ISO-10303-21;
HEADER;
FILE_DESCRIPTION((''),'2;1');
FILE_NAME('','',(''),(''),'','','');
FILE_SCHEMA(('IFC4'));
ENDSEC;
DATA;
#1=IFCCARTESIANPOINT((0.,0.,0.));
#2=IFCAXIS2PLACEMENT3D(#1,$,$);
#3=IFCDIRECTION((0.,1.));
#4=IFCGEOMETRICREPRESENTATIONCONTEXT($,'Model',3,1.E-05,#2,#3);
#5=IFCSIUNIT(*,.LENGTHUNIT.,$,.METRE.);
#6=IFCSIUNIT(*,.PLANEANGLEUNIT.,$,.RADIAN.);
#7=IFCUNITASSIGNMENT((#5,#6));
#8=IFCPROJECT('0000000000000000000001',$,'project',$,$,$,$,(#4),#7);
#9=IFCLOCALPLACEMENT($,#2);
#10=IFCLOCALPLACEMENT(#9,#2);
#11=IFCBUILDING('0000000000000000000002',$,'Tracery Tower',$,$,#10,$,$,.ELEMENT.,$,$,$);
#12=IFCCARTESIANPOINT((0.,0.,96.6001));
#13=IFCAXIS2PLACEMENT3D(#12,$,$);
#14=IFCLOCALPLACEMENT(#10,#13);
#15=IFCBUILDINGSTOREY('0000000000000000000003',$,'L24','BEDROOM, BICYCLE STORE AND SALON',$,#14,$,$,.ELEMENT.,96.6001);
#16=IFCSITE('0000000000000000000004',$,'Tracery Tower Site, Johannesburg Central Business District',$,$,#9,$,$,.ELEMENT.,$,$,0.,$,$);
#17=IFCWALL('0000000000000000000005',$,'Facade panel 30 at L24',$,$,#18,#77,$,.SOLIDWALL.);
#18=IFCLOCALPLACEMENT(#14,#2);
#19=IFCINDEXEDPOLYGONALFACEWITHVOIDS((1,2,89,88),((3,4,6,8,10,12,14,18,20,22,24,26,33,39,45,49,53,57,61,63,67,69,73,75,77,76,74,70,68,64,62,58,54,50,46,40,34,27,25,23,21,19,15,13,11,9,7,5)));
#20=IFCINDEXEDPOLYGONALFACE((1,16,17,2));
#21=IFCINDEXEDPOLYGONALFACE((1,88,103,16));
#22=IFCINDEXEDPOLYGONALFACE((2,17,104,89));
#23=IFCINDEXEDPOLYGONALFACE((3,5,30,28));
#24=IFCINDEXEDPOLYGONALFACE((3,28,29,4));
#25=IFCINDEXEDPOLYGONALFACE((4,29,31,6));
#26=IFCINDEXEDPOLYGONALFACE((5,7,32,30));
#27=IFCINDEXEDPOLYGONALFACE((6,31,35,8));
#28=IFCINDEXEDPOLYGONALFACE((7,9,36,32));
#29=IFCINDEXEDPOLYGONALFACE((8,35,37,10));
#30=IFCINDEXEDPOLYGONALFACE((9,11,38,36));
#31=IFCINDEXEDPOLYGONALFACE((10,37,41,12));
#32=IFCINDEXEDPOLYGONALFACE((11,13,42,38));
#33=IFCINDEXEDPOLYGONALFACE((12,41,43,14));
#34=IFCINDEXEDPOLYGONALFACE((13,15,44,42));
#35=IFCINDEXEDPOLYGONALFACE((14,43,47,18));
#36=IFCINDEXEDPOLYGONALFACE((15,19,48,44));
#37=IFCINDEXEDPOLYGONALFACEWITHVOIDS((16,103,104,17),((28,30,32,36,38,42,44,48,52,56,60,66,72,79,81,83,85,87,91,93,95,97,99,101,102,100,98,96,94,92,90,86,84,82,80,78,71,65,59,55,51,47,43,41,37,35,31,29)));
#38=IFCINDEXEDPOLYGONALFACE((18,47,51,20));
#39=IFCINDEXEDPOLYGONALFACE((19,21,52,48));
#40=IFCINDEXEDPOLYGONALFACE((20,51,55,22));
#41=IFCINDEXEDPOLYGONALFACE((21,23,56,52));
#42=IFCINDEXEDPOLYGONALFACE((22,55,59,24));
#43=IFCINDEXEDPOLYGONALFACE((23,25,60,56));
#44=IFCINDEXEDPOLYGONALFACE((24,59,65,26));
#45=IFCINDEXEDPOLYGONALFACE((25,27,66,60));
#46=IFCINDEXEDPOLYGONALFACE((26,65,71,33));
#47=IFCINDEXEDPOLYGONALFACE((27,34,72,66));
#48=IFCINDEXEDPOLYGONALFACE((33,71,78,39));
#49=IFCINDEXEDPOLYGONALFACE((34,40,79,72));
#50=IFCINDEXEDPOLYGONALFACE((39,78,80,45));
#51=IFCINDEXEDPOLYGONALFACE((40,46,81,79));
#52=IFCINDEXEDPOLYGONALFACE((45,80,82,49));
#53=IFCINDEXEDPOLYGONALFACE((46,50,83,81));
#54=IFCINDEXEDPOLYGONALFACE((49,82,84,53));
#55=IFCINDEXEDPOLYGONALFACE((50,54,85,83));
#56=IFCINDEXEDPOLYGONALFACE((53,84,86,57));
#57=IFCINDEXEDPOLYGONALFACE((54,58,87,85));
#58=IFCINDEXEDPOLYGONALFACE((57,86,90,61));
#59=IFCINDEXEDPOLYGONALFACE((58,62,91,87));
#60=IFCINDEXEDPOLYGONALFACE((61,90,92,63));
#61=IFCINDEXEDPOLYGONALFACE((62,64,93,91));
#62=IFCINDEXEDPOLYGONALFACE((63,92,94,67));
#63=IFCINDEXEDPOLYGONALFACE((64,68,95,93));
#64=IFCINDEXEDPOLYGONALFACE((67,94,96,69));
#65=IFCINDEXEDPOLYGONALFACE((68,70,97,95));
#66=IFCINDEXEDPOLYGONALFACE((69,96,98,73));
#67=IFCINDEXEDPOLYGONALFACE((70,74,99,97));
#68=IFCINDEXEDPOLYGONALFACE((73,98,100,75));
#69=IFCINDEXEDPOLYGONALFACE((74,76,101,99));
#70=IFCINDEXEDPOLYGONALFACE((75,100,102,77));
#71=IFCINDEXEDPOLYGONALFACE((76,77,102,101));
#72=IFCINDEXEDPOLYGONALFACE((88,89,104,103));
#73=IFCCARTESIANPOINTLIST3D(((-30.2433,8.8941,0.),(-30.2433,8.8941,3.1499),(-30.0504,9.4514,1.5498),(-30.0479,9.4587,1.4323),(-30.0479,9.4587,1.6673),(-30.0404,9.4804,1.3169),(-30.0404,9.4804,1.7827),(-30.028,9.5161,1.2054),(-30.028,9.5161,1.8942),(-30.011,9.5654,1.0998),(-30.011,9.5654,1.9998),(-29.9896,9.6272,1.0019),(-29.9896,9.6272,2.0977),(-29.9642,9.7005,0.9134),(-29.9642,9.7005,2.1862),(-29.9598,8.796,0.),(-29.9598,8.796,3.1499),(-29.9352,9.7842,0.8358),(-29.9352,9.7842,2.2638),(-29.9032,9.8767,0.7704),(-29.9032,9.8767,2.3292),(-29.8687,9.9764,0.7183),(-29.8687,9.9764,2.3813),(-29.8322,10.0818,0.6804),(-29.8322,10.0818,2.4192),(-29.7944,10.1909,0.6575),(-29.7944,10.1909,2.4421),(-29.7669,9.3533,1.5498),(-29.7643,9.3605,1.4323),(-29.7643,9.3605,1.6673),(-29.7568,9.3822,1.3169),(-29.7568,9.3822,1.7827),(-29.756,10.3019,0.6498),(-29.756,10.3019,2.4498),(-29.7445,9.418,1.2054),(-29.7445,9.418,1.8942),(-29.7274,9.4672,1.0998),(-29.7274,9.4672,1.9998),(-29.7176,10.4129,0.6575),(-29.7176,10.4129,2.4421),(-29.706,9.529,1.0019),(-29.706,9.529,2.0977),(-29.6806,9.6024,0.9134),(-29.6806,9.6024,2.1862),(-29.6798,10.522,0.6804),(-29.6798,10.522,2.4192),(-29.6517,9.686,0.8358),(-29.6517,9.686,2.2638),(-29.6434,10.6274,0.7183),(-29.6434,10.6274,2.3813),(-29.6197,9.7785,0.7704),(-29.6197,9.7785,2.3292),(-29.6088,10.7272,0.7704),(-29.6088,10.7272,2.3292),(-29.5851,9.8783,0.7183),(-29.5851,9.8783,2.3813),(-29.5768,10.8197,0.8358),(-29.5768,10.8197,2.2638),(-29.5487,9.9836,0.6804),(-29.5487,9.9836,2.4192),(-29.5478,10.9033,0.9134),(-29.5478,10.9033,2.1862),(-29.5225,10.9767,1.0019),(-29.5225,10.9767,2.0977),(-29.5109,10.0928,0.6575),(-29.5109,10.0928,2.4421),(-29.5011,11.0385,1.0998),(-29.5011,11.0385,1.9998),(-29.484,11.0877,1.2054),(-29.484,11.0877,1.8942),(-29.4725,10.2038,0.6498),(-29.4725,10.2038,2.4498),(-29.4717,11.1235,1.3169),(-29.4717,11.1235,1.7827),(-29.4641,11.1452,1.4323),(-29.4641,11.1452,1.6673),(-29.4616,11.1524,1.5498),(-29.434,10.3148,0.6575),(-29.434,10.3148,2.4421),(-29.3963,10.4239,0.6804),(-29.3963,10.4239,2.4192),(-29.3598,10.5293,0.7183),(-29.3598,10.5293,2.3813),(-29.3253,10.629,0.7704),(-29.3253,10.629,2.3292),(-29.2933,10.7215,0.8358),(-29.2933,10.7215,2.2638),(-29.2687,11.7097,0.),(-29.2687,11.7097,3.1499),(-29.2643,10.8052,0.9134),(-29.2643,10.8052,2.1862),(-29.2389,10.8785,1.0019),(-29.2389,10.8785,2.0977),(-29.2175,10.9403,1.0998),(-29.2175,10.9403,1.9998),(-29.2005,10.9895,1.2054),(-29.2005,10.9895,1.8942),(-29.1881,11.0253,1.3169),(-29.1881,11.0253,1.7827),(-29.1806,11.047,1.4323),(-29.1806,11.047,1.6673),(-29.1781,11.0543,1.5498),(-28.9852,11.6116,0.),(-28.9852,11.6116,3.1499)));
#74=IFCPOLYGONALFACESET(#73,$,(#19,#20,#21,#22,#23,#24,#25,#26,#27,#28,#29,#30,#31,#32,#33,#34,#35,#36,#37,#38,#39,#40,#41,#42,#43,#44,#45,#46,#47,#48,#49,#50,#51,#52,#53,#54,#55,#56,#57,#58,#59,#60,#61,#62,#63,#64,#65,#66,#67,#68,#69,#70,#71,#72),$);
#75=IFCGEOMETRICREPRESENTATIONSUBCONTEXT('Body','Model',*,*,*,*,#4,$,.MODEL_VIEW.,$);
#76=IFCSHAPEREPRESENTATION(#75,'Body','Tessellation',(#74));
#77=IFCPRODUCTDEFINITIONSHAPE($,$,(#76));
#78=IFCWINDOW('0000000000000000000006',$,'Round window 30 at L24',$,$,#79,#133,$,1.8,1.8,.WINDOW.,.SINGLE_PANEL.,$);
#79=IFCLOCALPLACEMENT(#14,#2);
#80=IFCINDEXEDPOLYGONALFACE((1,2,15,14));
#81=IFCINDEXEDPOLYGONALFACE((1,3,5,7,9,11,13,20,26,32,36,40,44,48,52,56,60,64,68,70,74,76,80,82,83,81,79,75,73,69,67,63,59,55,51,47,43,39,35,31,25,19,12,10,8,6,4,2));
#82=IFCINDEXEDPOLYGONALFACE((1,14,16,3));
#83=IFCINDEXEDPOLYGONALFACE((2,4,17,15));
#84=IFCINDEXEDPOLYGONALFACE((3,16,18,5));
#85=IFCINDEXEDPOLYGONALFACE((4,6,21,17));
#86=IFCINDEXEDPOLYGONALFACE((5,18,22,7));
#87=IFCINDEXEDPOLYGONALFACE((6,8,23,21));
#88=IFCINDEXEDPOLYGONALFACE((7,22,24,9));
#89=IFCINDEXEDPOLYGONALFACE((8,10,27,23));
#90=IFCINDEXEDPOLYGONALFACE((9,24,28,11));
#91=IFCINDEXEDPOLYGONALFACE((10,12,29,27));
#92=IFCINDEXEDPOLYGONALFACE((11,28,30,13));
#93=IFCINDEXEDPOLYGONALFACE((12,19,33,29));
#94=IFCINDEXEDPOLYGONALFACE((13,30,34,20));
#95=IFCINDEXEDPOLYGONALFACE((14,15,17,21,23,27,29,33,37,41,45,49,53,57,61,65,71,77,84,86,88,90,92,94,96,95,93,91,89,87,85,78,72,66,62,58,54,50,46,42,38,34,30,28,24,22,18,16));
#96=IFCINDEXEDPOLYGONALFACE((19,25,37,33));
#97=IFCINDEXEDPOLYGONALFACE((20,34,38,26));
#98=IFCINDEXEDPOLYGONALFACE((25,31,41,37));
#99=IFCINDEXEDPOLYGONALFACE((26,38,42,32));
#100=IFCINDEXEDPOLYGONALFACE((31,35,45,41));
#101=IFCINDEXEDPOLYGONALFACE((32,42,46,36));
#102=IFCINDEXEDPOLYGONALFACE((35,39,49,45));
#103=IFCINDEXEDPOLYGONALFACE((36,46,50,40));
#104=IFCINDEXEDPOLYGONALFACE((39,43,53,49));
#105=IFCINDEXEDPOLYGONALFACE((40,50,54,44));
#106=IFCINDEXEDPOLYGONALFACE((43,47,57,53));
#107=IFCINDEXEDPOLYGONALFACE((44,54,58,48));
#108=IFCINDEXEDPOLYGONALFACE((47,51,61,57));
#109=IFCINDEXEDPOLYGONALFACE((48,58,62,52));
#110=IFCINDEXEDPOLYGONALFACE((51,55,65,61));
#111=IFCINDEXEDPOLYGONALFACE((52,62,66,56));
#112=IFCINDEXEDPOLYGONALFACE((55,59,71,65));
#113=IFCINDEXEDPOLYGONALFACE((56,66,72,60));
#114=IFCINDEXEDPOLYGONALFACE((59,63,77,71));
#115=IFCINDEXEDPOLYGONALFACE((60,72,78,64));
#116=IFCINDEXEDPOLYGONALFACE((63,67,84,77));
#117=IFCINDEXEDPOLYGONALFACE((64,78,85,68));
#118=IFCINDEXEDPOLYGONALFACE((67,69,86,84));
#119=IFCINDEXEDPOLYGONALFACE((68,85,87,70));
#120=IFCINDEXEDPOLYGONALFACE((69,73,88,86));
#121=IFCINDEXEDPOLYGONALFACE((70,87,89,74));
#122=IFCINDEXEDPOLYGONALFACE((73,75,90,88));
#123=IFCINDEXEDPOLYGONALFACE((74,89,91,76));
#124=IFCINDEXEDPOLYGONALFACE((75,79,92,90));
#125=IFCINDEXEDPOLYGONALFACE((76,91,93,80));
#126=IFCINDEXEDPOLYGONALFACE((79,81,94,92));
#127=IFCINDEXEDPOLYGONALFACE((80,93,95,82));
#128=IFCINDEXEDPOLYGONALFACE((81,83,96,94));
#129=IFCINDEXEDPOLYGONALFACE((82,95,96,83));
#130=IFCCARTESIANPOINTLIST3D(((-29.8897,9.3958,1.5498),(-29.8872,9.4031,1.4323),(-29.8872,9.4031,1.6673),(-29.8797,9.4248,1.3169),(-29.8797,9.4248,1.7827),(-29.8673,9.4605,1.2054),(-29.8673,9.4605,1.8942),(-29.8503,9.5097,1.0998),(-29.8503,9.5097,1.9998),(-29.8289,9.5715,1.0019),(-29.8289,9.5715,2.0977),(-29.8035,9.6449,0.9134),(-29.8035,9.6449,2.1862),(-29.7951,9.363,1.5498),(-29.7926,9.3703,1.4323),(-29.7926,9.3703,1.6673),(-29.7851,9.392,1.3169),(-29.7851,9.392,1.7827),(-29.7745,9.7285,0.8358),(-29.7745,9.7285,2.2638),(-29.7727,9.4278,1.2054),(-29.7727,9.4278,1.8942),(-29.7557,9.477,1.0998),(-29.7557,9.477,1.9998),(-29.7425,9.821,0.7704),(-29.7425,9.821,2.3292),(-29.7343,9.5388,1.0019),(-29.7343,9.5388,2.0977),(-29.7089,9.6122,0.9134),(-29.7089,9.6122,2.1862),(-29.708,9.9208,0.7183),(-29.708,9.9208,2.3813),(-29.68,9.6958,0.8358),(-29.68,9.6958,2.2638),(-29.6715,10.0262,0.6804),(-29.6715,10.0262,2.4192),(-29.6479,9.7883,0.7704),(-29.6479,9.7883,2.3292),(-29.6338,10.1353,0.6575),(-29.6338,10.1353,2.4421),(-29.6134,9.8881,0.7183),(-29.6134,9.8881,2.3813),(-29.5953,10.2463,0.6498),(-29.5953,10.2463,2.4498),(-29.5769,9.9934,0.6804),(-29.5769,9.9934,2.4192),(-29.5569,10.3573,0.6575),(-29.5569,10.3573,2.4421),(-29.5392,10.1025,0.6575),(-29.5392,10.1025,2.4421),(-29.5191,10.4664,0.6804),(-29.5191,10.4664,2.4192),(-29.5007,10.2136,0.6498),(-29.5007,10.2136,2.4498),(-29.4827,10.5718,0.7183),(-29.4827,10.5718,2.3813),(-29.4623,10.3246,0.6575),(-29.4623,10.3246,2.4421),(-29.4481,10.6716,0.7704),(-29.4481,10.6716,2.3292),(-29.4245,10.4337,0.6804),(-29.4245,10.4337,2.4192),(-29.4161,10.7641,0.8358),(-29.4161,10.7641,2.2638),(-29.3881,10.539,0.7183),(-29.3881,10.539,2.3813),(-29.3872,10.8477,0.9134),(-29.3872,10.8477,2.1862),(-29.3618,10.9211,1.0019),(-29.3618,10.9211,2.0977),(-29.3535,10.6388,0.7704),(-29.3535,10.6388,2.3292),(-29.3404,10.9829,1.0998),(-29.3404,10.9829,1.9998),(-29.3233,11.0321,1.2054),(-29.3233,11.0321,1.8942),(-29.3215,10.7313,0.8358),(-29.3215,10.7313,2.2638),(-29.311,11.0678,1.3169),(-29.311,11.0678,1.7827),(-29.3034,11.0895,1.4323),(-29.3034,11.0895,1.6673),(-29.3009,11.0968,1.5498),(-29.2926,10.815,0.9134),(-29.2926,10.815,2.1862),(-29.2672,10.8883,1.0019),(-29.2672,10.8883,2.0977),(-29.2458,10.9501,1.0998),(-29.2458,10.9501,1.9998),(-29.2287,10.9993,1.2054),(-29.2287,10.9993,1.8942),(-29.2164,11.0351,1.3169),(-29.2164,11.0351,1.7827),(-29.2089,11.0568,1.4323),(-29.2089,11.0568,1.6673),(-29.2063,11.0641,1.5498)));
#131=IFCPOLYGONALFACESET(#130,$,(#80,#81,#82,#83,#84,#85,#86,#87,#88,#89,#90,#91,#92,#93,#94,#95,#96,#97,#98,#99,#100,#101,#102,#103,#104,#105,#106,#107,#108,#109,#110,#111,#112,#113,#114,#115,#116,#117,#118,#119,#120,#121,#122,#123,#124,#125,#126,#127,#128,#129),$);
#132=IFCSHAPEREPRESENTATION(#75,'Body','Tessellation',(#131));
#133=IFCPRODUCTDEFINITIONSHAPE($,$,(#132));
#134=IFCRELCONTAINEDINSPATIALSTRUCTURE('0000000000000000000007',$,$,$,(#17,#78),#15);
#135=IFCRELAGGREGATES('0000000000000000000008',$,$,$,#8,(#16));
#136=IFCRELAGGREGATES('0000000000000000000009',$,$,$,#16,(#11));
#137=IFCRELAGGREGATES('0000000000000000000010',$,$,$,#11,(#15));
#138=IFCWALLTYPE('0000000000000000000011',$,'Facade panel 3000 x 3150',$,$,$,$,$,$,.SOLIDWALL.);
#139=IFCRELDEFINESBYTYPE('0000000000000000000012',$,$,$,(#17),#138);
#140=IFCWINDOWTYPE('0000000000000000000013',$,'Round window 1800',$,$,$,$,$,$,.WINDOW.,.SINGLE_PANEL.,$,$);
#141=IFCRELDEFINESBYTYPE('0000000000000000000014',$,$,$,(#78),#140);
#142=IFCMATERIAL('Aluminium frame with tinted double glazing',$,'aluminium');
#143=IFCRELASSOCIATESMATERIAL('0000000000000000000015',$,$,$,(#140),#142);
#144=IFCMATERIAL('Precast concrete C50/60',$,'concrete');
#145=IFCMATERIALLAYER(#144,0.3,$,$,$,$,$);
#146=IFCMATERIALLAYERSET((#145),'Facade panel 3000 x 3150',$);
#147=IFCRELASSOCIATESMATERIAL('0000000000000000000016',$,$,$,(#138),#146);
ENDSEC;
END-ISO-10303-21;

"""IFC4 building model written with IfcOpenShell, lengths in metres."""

from ifc_helpers import new_model, si_unit, direction, frame, frame_2d, origin, origin_2d, place, context, subcontext, project, spatial, rectangle, circle, extrude, material, layer, layer_set, type_object, element, fill, save


model = new_model("IFC4")

# Units and contexts
model_context = context("Model", 3, precision=1e-05, world=origin(), true_north=direction((0.0, 1.0)))
body_context = subcontext(model_context, "Body", "Model", "MODEL_VIEW")
ifc_project = project(units=[si_unit("LENGTHUNIT", "METRE"), si_unit("PLANEANGLEUNIT", "RADIAN")], contexts=[model_context])

# Site, building, storey
site_placement = place(None, origin())
site = spatial("IfcSite", under=ifc_project, at=site_placement, Name="Tracery Tower Site, Johannesburg Central Business District", CompositionType="ELEMENT", RefElevation=0.0)
building_placement = place(site_placement, origin())
building = spatial("IfcBuilding", under=site, at=building_placement, Name="Tracery Tower", CompositionType="ELEMENT")
storey_placement = place(building_placement, frame((0.0, 0.0, 96.6001)))
storey = spatial("IfcBuildingStorey", under=building, at=storey_placement, Name="L24", Description="BEDROOM, BICYCLE STORE AND SALON", CompositionType="ELEMENT", Elevation=96.6001)

# Wall, opening, window
ifc_material_1 = material(Name="Aluminium frame with tinted double glazing", Category="aluminium")
window_type = type_object("IfcWindowType", Name="Round window 1800", PartitioningType="SINGLE_PANEL", PredefinedType="WINDOW", material=ifc_material_1)
ifc_material_2 = material(Name="Precast concrete C50/60", Category="concrete")
ifc_layer_1 = layer(ifc_material_2, 0.3)
ifc_layer_set_1 = layer_set([ifc_layer_1], Name="Facade panel 3000 x 3150")
wall_type_1 = type_object("IfcWallType", Name="Facade panel 3000 x 3150", PredefinedType="SOLIDWALL", material=ifc_layer_set_1)
wall_1_placement = place(storey_placement, frame((-29.127, 11.6606, 0.0), z_axis=(0.0, 0.0, 1.0), x_axis=(-0.327096, -0.944991, 0.0)))
wall_1 = element("IfcWall", 1, at=wall_1_placement, inside=storey, type_object=wall_type_1, Name="Facade panel 30 at L24", PredefinedType="SOLIDWALL", context=body_context, shape_type="SweptSolid", body=[
    extrude(rectangle(XDim=2.9795, YDim=0.3, at=frame_2d((1.4897, 0.0))), origin(), (0.0, 0.0, 1.0), 3.1499),
])
opening_1_placement = place(wall_1_placement, frame((1.4897, 0.0, 1.5498)))
opening_1 = element("IfcOpeningElement", 2, at=opening_1_placement, cuts=wall_1, PredefinedType="OPENING", context=body_context, shape_type="SweptSolid", body=[
    extrude(circle(Radius=0.9, at=origin_2d()), frame((0.0, 0.1599, 0.0), z_axis=(0.0, -1.0, 0.0), x_axis=(1.0, 0.0, 0.0)), (0.0, 0.0, 1.0), 0.3201),
])
window_1_placement = place(opening_1_placement, origin())
window_1 = element("IfcWindow", 3, at=window_1_placement, inside=storey, type_object=window_type, Name="Round window 30 at L24", OverallHeight=1.8, OverallWidth=1.8, PartitioningType="SINGLE_PANEL", PredefinedType="WINDOW", context=body_context, shape_type="SweptSolid", body=[
    extrude(circle(Radius=0.9, at=origin_2d()), frame((0.0, 0.1201, 0.0), z_axis=(0.0, -1.0, 0.0), x_axis=(1.0, 0.0, 0.0)), (0.0, 0.0, 1.0), 0.1001),
])
fill(opening_1, window_1)

save(model, "model.ifc")
